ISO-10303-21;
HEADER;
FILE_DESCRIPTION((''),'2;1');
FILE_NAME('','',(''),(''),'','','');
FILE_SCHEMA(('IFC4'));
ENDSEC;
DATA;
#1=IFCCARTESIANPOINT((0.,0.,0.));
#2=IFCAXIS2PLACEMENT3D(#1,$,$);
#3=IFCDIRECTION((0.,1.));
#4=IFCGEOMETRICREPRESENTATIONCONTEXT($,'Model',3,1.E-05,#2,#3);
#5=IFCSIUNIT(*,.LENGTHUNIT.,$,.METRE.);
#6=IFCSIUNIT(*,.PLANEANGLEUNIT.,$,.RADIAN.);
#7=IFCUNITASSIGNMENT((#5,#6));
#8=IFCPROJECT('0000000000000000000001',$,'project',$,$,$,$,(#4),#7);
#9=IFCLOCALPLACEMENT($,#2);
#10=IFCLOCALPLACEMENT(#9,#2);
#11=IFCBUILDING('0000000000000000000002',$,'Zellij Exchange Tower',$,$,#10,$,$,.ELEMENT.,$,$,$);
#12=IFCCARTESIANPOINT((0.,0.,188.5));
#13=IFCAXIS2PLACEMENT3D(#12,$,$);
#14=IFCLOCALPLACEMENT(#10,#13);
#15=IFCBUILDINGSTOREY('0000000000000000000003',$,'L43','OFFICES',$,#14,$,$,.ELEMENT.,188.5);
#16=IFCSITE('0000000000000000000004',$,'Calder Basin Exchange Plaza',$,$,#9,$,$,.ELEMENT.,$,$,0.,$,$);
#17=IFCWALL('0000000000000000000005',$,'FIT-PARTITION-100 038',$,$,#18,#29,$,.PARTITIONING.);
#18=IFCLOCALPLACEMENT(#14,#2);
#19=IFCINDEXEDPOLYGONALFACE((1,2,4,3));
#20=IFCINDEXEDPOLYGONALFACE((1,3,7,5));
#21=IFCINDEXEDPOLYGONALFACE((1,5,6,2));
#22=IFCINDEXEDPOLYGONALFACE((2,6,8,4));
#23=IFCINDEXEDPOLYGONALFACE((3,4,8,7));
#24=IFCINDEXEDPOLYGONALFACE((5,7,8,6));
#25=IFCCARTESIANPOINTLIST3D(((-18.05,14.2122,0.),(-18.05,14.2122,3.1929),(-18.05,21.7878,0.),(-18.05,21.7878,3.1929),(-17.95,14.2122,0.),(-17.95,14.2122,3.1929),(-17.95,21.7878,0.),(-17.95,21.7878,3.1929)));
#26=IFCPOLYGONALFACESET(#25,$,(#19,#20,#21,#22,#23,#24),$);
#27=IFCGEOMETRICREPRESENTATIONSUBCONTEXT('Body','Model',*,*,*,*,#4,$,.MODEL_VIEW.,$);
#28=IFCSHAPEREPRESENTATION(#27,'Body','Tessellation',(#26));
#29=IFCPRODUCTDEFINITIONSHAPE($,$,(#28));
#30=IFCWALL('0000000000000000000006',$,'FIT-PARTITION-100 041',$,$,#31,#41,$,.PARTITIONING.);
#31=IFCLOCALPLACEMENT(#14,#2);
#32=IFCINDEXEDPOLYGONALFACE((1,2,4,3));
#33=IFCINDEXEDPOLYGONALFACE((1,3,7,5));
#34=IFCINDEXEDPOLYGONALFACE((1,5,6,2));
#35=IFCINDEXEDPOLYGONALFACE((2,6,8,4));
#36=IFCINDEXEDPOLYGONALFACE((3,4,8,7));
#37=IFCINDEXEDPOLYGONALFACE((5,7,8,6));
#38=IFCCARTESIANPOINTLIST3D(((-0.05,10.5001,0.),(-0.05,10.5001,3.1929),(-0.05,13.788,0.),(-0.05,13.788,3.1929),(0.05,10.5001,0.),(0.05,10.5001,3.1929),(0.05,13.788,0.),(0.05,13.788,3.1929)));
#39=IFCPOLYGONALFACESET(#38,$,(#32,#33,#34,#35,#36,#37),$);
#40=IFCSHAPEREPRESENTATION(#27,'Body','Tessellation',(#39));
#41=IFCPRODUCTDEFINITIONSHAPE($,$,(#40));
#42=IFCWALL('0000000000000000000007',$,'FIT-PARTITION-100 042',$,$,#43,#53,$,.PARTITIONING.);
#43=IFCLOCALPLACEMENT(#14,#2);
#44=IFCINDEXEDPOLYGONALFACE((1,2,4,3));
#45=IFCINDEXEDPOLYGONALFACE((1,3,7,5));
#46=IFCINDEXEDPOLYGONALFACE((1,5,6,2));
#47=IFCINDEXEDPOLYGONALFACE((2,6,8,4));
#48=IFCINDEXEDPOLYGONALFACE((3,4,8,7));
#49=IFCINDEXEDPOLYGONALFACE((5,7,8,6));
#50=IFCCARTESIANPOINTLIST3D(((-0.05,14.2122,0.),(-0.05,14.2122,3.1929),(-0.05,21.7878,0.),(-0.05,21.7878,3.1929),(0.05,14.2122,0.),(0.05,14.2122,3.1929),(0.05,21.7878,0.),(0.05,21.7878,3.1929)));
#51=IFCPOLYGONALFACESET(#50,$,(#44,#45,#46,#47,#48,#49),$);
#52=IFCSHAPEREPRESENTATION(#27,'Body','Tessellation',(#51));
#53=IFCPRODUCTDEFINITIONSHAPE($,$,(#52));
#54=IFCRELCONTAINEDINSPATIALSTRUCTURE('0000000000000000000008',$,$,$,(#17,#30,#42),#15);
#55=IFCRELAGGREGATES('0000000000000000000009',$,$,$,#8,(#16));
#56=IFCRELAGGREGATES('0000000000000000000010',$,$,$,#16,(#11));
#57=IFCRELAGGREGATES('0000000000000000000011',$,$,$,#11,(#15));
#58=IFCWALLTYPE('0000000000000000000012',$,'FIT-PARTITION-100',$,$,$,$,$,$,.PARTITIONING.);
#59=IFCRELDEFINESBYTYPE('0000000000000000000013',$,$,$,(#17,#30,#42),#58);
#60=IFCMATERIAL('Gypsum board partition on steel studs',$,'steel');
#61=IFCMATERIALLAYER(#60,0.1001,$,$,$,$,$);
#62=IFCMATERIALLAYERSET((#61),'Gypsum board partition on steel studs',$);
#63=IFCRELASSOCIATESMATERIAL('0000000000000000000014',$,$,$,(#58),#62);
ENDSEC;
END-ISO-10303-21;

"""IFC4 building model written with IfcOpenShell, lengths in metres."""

from ifc_helpers import new_model, si_unit, direction, frame, frame_2d, origin, place, context, subcontext, project, spatial, rectangle, extrude, material, layer, layer_set, type_object, element, save


model = new_model("IFC4")

# Units and contexts
model_context = context("Model", 3, precision=1e-05, world=origin(), true_north=direction((0.0, 1.0)))
body_context = subcontext(model_context, "Body", "Model", "MODEL_VIEW")
ifc_project = project(units=[si_unit("LENGTHUNIT", "METRE"), si_unit("PLANEANGLEUNIT", "RADIAN")], contexts=[model_context])

# Site, building, storey
site_placement = place(None, origin())
site = spatial("IfcSite", under=ifc_project, at=site_placement, Name="Calder Basin Exchange Plaza", CompositionType="ELEMENT", RefElevation=0.0)
building_placement = place(site_placement, origin())
building = spatial("IfcBuilding", under=site, at=building_placement, Name="Zellij Exchange Tower", CompositionType="ELEMENT")
storey_placement = place(building_placement, frame((0.0, 0.0, 188.5)))
storey = spatial("IfcBuildingStorey", under=building, at=storey_placement, Name="L43", Description="OFFICES", CompositionType="ELEMENT", Elevation=188.5)

# Shared definitions
ifc_material_1 = material(Name="Gypsum board partition on steel studs", Category="steel")
ifc_layer_1 = layer(ifc_material_1, 0.1001)
ifc_layer_set_1 = layer_set([ifc_layer_1], Name="Gypsum board partition on steel studs")
wall_type_1 = type_object("IfcWallType", Name="FIT-PARTITION-100", PredefinedType="PARTITIONING", material=ifc_layer_set_1)

# Walls
wall_1_placement = place(storey_placement, frame((-18.0, 14.2122, 0.0), z_axis=(0.0, 0.0, 1.0), x_axis=(0.0, 1.0, 0.0)))
element("IfcWall", 1, at=wall_1_placement, inside=storey, type_object=wall_type_1, Name="FIT-PARTITION-100 038", PredefinedType="PARTITIONING", context=body_context, shape_type="SweptSolid", body=[
    extrude(rectangle(XDim=7.5757, YDim=0.1001, at=frame_2d((3.7878, 0.0))), origin(), (0.0, 0.0, 1.0), 3.1929),
])
wall_2_placement = place(storey_placement, frame((0.0, 10.5, 0.0), z_axis=(0.0, 0.0, 1.0), x_axis=(0.0, 1.0, 0.0)))
element("IfcWall", 2, at=wall_2_placement, inside=storey, type_object=wall_type_1, Name="FIT-PARTITION-100 041", PredefinedType="PARTITIONING", context=body_context, shape_type="SweptSolid", body=[
    extrude(rectangle(XDim=3.2878, YDim=0.1001, at=frame_2d((1.644, 0.0))), origin(), (0.0, 0.0, 1.0), 3.1929),
])
wall_3_placement = place(storey_placement, frame((0.0, 14.2122, 0.0), z_axis=(0.0, 0.0, 1.0), x_axis=(0.0, 1.0, 0.0)))
element("IfcWall", 3, at=wall_3_placement, inside=storey, type_object=wall_type_1, Name="FIT-PARTITION-100 042", PredefinedType="PARTITIONING", context=body_context, shape_type="SweptSolid", body=[
    extrude(rectangle(XDim=7.5757, YDim=0.1001, at=frame_2d((3.7878, 0.0))), origin(), (0.0, 0.0, 1.0), 3.1929),
])

save(model, "model.ifc")
